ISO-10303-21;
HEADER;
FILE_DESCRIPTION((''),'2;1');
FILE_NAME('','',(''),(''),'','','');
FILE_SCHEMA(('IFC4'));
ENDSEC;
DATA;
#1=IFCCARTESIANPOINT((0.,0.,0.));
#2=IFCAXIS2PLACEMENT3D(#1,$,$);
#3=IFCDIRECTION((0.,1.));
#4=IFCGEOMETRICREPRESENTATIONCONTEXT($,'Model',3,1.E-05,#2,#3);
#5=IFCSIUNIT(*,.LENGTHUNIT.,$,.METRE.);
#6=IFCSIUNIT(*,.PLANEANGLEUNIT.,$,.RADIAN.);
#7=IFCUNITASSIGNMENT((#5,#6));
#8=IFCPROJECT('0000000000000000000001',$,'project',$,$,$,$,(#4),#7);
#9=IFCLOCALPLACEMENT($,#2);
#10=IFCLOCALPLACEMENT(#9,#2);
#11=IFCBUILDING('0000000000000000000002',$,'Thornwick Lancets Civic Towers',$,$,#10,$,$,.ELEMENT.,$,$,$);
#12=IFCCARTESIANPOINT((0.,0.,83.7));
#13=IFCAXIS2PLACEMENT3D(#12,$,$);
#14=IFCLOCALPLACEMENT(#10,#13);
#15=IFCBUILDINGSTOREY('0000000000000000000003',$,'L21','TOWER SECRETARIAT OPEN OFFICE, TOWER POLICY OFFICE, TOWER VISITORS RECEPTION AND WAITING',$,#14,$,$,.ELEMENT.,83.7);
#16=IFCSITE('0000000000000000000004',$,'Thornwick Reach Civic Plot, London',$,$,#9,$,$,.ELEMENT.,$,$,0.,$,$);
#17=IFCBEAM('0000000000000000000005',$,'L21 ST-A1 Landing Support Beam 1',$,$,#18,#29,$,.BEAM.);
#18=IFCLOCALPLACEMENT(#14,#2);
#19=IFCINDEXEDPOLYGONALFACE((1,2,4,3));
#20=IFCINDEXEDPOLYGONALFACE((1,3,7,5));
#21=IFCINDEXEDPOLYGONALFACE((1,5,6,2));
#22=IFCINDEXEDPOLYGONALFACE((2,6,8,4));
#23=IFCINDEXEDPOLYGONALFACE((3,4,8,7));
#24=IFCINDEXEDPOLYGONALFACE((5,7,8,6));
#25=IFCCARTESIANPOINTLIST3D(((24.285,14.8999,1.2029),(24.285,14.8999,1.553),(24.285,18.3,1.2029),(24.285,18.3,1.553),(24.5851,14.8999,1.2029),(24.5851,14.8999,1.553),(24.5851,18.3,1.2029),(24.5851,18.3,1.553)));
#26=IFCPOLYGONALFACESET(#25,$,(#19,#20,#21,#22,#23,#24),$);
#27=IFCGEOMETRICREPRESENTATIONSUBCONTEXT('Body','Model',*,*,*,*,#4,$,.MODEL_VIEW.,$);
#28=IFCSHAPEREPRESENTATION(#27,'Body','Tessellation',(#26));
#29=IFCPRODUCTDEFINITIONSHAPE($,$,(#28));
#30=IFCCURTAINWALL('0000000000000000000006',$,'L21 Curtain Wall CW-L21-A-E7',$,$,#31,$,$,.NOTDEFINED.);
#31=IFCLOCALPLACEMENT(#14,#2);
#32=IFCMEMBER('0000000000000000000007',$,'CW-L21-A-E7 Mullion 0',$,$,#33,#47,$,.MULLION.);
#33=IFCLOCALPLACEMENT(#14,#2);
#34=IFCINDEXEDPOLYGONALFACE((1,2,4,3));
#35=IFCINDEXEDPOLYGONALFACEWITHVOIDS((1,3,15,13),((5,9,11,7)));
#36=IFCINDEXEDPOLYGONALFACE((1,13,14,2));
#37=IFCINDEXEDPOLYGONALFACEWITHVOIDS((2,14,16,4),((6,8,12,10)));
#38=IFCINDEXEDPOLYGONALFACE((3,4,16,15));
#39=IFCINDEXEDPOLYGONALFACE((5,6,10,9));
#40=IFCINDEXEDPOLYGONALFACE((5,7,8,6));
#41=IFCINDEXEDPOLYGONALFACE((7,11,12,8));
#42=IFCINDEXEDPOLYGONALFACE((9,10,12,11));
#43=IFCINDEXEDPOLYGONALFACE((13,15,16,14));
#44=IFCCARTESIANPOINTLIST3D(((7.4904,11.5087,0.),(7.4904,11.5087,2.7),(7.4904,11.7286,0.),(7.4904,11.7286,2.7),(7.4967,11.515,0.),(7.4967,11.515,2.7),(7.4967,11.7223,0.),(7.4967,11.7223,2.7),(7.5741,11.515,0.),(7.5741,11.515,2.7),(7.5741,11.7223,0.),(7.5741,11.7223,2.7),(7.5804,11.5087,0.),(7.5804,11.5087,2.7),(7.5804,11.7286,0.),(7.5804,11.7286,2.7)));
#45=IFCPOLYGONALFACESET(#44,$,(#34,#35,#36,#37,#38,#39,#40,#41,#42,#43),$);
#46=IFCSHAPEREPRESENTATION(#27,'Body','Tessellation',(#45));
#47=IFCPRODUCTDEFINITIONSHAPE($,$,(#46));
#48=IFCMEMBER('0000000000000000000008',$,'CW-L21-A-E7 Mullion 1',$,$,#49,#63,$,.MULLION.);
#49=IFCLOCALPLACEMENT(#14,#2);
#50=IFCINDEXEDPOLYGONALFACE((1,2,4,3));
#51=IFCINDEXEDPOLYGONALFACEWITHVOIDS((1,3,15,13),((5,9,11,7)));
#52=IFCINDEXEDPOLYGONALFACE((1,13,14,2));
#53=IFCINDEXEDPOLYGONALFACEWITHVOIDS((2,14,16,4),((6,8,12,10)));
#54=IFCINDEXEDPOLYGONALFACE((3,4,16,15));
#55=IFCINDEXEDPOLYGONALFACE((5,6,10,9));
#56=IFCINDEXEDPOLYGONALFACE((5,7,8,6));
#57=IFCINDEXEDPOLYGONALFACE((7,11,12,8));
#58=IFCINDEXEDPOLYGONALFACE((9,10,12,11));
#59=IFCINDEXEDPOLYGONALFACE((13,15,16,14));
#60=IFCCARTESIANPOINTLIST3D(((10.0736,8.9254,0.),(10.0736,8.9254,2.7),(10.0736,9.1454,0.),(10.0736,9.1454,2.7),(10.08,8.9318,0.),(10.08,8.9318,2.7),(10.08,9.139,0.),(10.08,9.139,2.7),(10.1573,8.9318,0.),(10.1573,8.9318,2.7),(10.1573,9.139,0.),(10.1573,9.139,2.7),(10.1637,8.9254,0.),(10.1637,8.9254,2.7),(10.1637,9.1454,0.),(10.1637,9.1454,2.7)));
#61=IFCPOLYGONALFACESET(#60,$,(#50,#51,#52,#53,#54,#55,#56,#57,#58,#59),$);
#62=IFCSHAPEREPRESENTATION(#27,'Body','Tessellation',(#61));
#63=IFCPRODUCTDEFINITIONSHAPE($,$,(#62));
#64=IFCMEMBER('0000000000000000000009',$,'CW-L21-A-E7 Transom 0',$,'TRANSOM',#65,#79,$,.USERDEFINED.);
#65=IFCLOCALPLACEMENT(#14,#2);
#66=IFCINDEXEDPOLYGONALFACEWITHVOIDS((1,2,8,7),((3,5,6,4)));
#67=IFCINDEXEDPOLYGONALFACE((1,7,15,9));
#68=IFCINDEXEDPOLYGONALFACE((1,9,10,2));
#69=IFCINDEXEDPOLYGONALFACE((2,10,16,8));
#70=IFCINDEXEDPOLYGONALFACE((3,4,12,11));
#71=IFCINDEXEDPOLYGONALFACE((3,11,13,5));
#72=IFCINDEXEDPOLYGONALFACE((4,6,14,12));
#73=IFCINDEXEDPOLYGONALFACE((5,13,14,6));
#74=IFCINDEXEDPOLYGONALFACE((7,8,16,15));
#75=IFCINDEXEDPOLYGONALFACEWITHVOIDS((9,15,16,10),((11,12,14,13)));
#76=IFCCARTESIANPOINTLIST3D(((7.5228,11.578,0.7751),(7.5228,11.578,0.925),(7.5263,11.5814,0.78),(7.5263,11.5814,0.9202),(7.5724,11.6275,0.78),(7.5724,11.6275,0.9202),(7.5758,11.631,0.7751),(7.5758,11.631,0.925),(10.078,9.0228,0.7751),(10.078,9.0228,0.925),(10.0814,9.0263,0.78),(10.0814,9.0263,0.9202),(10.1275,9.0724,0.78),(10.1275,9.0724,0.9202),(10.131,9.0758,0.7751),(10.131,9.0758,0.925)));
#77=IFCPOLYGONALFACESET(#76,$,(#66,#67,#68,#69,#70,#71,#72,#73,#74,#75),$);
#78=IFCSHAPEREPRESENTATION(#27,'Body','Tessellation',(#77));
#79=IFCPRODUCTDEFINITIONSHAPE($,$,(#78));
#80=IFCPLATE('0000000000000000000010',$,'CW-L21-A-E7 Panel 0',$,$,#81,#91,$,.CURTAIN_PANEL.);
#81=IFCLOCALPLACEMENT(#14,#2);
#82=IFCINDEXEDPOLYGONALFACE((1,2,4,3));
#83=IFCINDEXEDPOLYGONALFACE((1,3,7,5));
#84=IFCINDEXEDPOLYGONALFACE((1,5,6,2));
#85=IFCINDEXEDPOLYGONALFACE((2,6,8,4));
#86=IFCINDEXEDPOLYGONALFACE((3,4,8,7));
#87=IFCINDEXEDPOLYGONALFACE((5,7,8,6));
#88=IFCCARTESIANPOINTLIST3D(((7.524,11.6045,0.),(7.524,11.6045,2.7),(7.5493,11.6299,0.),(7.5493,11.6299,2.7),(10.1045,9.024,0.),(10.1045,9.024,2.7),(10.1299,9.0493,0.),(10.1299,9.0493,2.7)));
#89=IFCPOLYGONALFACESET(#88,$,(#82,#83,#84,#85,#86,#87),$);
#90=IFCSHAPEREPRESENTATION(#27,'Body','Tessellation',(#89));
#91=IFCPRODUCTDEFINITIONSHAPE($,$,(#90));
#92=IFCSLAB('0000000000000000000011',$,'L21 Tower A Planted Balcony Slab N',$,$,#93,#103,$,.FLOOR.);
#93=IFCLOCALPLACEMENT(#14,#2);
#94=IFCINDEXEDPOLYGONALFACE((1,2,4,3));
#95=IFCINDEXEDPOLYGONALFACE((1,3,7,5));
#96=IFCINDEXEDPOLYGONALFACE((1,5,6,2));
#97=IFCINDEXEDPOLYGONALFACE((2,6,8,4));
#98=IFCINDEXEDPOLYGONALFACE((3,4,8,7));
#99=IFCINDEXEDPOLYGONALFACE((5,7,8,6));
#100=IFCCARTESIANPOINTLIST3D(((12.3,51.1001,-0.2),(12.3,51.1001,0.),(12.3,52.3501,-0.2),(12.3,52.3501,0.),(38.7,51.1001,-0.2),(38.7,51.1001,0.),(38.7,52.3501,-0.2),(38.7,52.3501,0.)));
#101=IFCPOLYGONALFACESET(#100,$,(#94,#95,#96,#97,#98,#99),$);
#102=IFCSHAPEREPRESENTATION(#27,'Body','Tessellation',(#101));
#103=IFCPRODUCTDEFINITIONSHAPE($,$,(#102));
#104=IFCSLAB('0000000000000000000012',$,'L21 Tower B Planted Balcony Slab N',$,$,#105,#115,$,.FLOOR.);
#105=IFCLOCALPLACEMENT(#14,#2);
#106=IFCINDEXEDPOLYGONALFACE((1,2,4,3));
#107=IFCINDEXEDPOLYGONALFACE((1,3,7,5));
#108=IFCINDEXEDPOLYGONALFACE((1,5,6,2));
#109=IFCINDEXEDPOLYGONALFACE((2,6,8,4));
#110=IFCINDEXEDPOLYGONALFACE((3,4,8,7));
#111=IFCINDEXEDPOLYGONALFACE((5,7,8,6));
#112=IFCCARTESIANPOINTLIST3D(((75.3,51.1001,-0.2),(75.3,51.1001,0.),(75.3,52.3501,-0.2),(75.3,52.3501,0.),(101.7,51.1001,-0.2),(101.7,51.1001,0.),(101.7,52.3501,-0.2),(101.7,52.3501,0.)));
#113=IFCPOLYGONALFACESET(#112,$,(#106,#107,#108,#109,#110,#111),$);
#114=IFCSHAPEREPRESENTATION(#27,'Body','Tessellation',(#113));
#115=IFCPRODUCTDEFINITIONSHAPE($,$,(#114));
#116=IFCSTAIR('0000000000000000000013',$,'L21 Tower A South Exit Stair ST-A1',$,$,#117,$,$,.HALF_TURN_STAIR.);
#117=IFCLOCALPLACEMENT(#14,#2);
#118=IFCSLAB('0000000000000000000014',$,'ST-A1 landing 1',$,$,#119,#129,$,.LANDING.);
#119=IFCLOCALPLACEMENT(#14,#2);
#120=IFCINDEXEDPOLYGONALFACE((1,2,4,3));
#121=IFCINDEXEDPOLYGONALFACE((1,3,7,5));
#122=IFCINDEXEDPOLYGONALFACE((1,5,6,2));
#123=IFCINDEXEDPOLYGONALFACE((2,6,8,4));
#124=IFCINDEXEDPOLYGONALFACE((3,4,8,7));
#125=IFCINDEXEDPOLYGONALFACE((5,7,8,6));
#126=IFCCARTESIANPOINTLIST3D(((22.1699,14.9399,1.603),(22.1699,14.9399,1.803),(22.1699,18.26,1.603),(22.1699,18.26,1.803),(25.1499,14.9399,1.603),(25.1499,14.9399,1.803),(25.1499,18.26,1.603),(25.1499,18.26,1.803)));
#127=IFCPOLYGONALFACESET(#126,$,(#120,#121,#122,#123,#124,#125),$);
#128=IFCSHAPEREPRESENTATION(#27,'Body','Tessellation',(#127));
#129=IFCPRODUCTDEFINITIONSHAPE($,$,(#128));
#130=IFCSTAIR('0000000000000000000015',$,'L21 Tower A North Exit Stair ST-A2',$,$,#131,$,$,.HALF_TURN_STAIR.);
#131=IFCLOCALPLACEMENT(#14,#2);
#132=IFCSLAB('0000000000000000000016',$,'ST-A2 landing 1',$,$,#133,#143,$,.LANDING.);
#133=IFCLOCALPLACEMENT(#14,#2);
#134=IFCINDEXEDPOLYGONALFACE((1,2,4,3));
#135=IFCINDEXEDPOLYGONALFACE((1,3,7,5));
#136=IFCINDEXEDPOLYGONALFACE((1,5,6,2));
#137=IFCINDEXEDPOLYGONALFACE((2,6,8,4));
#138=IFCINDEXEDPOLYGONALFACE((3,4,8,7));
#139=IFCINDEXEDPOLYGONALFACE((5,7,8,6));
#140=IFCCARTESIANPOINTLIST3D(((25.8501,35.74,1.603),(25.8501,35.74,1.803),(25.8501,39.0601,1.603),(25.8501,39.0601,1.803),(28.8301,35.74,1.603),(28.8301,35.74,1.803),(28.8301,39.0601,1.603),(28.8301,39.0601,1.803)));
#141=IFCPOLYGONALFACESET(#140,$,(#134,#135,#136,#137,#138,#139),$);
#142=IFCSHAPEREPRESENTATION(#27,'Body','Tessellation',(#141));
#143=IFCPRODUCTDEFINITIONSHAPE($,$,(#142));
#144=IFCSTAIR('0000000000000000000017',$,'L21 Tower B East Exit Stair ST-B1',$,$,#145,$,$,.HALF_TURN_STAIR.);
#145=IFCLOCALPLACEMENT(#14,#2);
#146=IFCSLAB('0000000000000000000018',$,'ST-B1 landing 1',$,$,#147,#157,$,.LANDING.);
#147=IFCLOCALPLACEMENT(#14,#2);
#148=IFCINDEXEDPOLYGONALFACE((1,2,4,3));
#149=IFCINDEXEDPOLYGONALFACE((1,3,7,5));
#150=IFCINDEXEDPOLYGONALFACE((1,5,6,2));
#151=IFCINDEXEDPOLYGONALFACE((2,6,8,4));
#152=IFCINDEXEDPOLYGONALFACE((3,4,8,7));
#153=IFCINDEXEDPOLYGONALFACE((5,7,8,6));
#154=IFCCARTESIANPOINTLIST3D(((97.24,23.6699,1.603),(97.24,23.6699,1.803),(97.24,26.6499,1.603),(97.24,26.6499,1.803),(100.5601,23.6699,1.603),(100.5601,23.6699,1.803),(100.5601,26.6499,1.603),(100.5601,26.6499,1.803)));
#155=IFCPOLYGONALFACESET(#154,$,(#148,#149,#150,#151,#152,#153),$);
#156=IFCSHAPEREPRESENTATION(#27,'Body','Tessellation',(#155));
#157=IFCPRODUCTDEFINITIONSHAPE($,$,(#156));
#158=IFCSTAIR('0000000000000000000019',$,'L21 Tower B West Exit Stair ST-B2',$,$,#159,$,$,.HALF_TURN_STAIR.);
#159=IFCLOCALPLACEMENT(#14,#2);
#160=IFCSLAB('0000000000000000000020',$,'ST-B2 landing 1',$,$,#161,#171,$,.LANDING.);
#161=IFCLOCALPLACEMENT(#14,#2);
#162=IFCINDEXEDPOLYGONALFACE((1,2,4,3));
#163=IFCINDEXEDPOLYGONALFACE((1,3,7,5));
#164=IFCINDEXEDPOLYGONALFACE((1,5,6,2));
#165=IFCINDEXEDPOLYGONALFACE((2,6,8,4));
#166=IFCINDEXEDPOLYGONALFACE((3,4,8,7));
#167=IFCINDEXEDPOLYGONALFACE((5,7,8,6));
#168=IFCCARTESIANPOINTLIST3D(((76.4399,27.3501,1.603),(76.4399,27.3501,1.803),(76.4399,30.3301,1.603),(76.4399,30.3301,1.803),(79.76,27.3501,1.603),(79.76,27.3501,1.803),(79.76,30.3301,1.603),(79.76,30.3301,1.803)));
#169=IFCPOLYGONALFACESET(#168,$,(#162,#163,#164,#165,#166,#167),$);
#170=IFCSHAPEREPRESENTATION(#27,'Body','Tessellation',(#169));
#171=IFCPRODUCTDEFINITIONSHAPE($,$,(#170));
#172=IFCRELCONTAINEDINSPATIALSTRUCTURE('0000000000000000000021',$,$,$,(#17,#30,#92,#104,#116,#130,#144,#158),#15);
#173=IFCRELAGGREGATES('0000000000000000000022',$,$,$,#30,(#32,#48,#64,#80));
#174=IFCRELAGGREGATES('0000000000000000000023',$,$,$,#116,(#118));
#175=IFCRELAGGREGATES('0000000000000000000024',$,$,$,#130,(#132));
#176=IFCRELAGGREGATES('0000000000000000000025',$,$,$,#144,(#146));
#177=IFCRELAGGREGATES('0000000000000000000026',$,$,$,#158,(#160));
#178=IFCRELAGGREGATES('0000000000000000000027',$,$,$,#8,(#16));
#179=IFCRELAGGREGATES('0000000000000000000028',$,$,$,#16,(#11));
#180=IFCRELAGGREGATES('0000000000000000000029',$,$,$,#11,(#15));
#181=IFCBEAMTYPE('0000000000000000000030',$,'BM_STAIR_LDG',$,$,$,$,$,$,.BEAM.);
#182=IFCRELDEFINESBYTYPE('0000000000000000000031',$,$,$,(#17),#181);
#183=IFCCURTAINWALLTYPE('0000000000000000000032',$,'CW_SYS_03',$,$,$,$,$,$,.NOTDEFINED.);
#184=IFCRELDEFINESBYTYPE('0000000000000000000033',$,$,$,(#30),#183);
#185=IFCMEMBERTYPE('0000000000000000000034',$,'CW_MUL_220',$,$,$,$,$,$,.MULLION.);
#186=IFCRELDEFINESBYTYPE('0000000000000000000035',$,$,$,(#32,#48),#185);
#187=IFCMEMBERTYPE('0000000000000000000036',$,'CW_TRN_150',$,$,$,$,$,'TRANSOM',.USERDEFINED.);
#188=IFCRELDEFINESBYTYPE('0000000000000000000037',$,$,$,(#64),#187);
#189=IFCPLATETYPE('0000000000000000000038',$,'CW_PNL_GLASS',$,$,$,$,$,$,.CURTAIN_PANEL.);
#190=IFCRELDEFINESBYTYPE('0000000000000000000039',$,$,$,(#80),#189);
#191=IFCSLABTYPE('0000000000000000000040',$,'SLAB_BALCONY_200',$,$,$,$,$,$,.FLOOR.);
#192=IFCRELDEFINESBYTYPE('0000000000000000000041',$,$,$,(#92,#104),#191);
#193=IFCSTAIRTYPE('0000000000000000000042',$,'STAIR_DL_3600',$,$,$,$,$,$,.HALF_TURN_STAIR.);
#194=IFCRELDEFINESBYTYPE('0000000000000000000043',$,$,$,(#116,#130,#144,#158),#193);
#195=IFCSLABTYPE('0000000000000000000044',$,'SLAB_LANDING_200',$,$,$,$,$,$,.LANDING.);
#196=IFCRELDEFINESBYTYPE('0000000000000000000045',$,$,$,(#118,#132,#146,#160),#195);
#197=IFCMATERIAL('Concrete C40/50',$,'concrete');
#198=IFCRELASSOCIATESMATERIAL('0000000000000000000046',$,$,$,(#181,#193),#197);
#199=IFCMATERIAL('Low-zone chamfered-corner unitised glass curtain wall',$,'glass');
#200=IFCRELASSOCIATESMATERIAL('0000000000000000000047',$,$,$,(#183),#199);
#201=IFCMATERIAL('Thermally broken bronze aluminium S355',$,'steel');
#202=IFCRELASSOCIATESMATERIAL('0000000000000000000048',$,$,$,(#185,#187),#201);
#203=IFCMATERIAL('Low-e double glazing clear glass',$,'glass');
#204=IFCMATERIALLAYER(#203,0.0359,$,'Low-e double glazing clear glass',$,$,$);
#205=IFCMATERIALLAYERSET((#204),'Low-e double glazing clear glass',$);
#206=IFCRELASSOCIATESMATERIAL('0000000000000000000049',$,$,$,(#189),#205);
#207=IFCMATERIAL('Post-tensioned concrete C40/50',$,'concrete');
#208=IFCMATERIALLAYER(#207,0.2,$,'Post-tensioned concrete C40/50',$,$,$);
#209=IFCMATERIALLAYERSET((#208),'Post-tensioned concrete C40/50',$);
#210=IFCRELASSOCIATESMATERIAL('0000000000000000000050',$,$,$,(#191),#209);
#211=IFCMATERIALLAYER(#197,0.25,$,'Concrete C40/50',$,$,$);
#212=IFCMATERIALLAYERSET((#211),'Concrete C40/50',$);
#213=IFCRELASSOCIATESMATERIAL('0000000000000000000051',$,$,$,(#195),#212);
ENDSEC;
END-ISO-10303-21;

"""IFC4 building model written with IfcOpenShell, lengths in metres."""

from ifc_helpers import new_model, si_unit, direction, frame, origin, origin_2d, place, context, subcontext, project, spatial, polyline, rectangle, hollow_rectangle, outline, extrude, material, layer, layer_set, material_profile, profile_set, type_object, element, aggregate, save


model = new_model("IFC4")

# Units and contexts
model_context = context("Model", 3, precision=1e-05, world=origin(), true_north=direction((0.0, 1.0)))
body_context = subcontext(model_context, "Body", "Model", "MODEL_VIEW")
ifc_project = project(units=[si_unit("LENGTHUNIT", "METRE"), si_unit("PLANEANGLEUNIT", "RADIAN")], contexts=[model_context])

# Site, building, storey
site_placement = place(None, origin())
site = spatial("IfcSite", under=ifc_project, at=site_placement, Name="Thornwick Reach Civic Plot, London", CompositionType="ELEMENT", RefElevation=0.0)
building_placement = place(site_placement, origin())
building = spatial("IfcBuilding", under=site, at=building_placement, Name="Thornwick Lancets Civic Towers", CompositionType="ELEMENT")
storey_placement = place(building_placement, frame((0.0, 0.0, 83.7)))
storey = spatial("IfcBuildingStorey", under=building, at=storey_placement, Name="L21", Description="TOWER SECRETARIAT OPEN OFFICE, TOWER POLICY OFFICE, TOWER VISITORS RECEPTION AND WAITING", CompositionType="ELEMENT", Elevation=83.7)

# Beam
ifc_material_1 = material(Name="Concrete C40/50", Category="concrete")
ifc_material_profile_1 = material_profile(ifc_material_1, rectangle(XDim=0.3, YDim=0.3501, at=origin_2d()), Name="RC 300x350")
ifc_profile_set_1 = profile_set([ifc_material_profile_1], Name="Concrete C40/50")
beam_type_1 = type_object("IfcBeamType", Name="BM_STAIR_LDG", PredefinedType="BEAM", material=ifc_profile_set_1)
beam_1_placement = place(storey_placement, frame((24.4351, 14.8999, 1.3779), z_axis=(0.0, 1.0, 0.0), x_axis=(-1.0, 0.0, 0.0)))
element("IfcBeam", 1, at=beam_1_placement, inside=storey, type_object=beam_type_1, Name="L21 ST-A1 Landing Support Beam 1", PredefinedType="BEAM", context=body_context, shape_type="SweptSolid", body=[
    extrude(rectangle(XDim=0.3, YDim=0.3501, at=origin_2d()), origin(), (0.0, 0.0, 1.0), 3.4001),
])

# Curtain wall, members, plate
ifc_material_2 = material(Name="Low-zone chamfered-corner unitised glass curtain wall", Category="glass")
curtain_wall_type = type_object("IfcCurtainWallType", Name="CW_SYS_03", PredefinedType="NOTDEFINED", material=ifc_material_2)
curtain_wall_placement = place(storey_placement, origin())
curtain_wall = element("IfcCurtainWall", 2, at=curtain_wall_placement, inside=storey, type_object=curtain_wall_type, Name="L21 Curtain Wall CW-L21-A-E7", PredefinedType="NOTDEFINED")
ifc_material_3 = material(Name="Thermally broken bronze aluminium S355", Category="steel")
ifc_material_profile_2 = material_profile(ifc_material_3, hollow_rectangle(XDim=0.0901, YDim=0.22, WallThickness=0.0063, at=origin_2d()), Name="RHS 220x90x6.3")
ifc_profile_set_2 = profile_set([ifc_material_profile_2], Name="Thermally broken bronze aluminium S355")
member_type_1 = type_object("IfcMemberType", Name="CW_MUL_220", PredefinedType="MULLION", material=ifc_profile_set_2)
member_1_placement = place(storey_placement, frame((7.5354, 11.6187, 0.0), z_axis=(0.0, 0.0, 1.0), x_axis=(1.0, 0.0, 0.0)))
member_1 = element("IfcMember", 3, at=member_1_placement, type_object=member_type_1, Name="CW-L21-A-E7 Mullion 0", PredefinedType="MULLION", context=body_context, shape_type="SweptSolid", body=[
    extrude(hollow_rectangle(XDim=0.0901, YDim=0.22, WallThickness=0.0063, at=origin_2d()), origin(), (0.0, 0.0, 1.0), 2.7),
])
member_2_placement = place(storey_placement, frame((10.1187, 9.0354, 0.0), z_axis=(0.0, 0.0, 1.0), x_axis=(1.0, 0.0, 0.0)))
member_2 = element("IfcMember", 4, at=member_2_placement, type_object=member_type_1, Name="CW-L21-A-E7 Mullion 1", PredefinedType="MULLION", context=body_context, shape_type="SweptSolid", body=[
    extrude(hollow_rectangle(XDim=0.0901, YDim=0.22, WallThickness=0.0063, at=origin_2d()), origin(), (0.0, 0.0, 1.0), 2.7),
])
ifc_material_profile_3 = material_profile(ifc_material_3, hollow_rectangle(XDim=0.075, YDim=0.1499, WallThickness=0.0049, at=origin_2d()), Name="RHS 150x75x5")
ifc_profile_set_3 = profile_set([ifc_material_profile_3], Name="Thermally broken bronze aluminium S355")
member_type_2 = type_object("IfcMemberType", Name="CW_TRN_150", ElementType="TRANSOM", PredefinedType="USERDEFINED", material=ifc_profile_set_3)
member_3_placement = place(storey_placement, frame((7.5493, 11.6045, 0.8501), z_axis=(0.707107, -0.707107, 0.0), x_axis=(0.707107, 0.707107, 0.0)))
member_3 = element("IfcMember", 5, at=member_3_placement, type_object=member_type_2, Name="CW-L21-A-E7 Transom 0", ObjectType="TRANSOM", PredefinedType="USERDEFINED", context=body_context, shape_type="SweptSolid", body=[
    extrude(hollow_rectangle(XDim=0.075, YDim=0.1499, WallThickness=0.0049, at=origin_2d()), origin(), (0.0, 0.0, 1.0), 3.6135),
])
ifc_material_4 = material(Name="Low-e double glazing clear glass", Category="glass")
ifc_layer_1 = layer(ifc_material_4, 0.0359, Name="Low-e double glazing clear glass")
ifc_layer_set_1 = layer_set([ifc_layer_1], Name="Low-e double glazing clear glass")
plate_type = type_object("IfcPlateType", Name="CW_PNL_GLASS", PredefinedType="CURTAIN_PANEL", material=ifc_layer_set_1)
plate_placement = place(storey_placement, frame((8.8269, 10.3269, 0.0), z_axis=(0.0, 0.0, 1.0), x_axis=(0.707107, -0.707107, 0.0)))
plate = element("IfcPlate", 6, at=plate_placement, type_object=plate_type, Name="CW-L21-A-E7 Panel 0", PredefinedType="CURTAIN_PANEL", context=body_context, shape_type="SweptSolid", body=[
    extrude(rectangle(XDim=3.6494, YDim=0.0359, at=origin_2d()), origin(), (0.0, 0.0, 1.0), 2.7),
])
aggregate(curtain_wall, [member_1, member_2, member_3, plate])

# Slabs
ifc_material_5 = material(Name="Post-tensioned concrete C40/50", Category="concrete")
ifc_layer_2 = layer(ifc_material_5, 0.2, Name="Post-tensioned concrete C40/50")
ifc_layer_set_2 = layer_set([ifc_layer_2], Name="Post-tensioned concrete C40/50")
slab_type_1 = type_object("IfcSlabType", Name="SLAB_BALCONY_200", PredefinedType="FLOOR", material=ifc_layer_set_2)
slab_1_placement = place(storey_placement, frame((0.0, 0.0, -0.2)))
element("IfcSlab", 7, at=slab_1_placement, inside=storey, type_object=slab_type_1, Name="L21 Tower A Planted Balcony Slab N", PredefinedType="FLOOR", context=body_context, shape_type="SweptSolid", body=[
    extrude(outline(polyline([(12.3, 51.1001), (38.7, 51.1001), (38.7, 52.3501), (12.3, 52.3501), (12.3, 51.1001)])), origin(), (0.0, 0.0, 1.0), 0.2),
])
slab_2_placement = place(storey_placement, frame((0.0, 0.0, -0.2)))
element("IfcSlab", 8, at=slab_2_placement, inside=storey, type_object=slab_type_1, Name="L21 Tower B Planted Balcony Slab N", PredefinedType="FLOOR", context=body_context, shape_type="SweptSolid", body=[
    extrude(outline(polyline([(75.3, 51.1001), (101.7, 51.1001), (101.7, 52.3501), (75.3, 52.3501), (75.3, 51.1001)])), origin(), (0.0, 0.0, 1.0), 0.2),
])

# Stairs, slabs
stair_type = type_object("IfcStairType", Name="STAIR_DL_3600", PredefinedType="HALF_TURN_STAIR", material=ifc_material_1)
stair_1_placement = place(storey_placement, origin())
stair_1 = element("IfcStair", 9, at=stair_1_placement, inside=storey, type_object=stair_type, Name="L21 Tower A South Exit Stair ST-A1", PredefinedType="HALF_TURN_STAIR")
ifc_layer_3 = layer(ifc_material_1, 0.25, Name="Concrete C40/50")
ifc_layer_set_3 = layer_set([ifc_layer_3], Name="Concrete C40/50")
slab_type_2 = type_object("IfcSlabType", Name="SLAB_LANDING_200", PredefinedType="LANDING", material=ifc_layer_set_3)
slab_3_placement = place(storey_placement, frame((0.0, 0.0, 1.603)))
slab_3 = element("IfcSlab", 10, at=slab_3_placement, type_object=slab_type_2, Name="ST-A1 landing 1", PredefinedType="LANDING", context=body_context, shape_type="SweptSolid", body=[
    extrude(outline(polyline([(22.1699, 14.9399), (25.1499, 14.9399), (25.1499, 18.26), (22.1699, 18.26), (22.1699, 14.9399)])), origin(), (0.0, 0.0, 1.0), 0.2),
])
aggregate(stair_1, [slab_3])
stair_2_placement = place(storey_placement, origin())
stair_2 = element("IfcStair", 11, at=stair_2_placement, inside=storey, type_object=stair_type, Name="L21 Tower A North Exit Stair ST-A2", PredefinedType="HALF_TURN_STAIR")
slab_4_placement = place(storey_placement, frame((0.0, 0.0, 1.603)))
slab_4 = element("IfcSlab", 12, at=slab_4_placement, type_object=slab_type_2, Name="ST-A2 landing 1", PredefinedType="LANDING", context=body_context, shape_type="SweptSolid", body=[
    extrude(outline(polyline([(28.8301, 39.0601), (25.8501, 39.0601), (25.8501, 35.74), (28.8301, 35.74), (28.8301, 39.0601)])), origin(), (0.0, 0.0, 1.0), 0.2),
])
aggregate(stair_2, [slab_4])
stair_3_placement = place(storey_placement, origin())
stair_3 = element("IfcStair", 13, at=stair_3_placement, inside=storey, type_object=stair_type, Name="L21 Tower B East Exit Stair ST-B1", PredefinedType="HALF_TURN_STAIR")
slab_5_placement = place(storey_placement, frame((0.0, 0.0, 1.603)))
slab_5 = element("IfcSlab", 14, at=slab_5_placement, type_object=slab_type_2, Name="ST-B1 landing 1", PredefinedType="LANDING", context=body_context, shape_type="SweptSolid", body=[
    extrude(outline(polyline([(100.5601, 23.6699), (100.5601, 26.6499), (97.24, 26.6499), (97.24, 23.6699), (100.5601, 23.6699)])), origin(), (0.0, 0.0, 1.0), 0.2),
])
aggregate(stair_3, [slab_5])
stair_4_placement = place(storey_placement, origin())
stair_4 = element("IfcStair", 15, at=stair_4_placement, inside=storey, type_object=stair_type, Name="L21 Tower B West Exit Stair ST-B2", PredefinedType="HALF_TURN_STAIR")
slab_6_placement = place(storey_placement, frame((0.0, 0.0, 1.603)))
slab_6 = element("IfcSlab", 16, at=slab_6_placement, type_object=slab_type_2, Name="ST-B2 landing 1", PredefinedType="LANDING", context=body_context, shape_type="SweptSolid", body=[
    extrude(outline(polyline([(76.4399, 30.3301), (76.4399, 27.3501), (79.76, 27.3501), (79.76, 30.3301), (76.4399, 30.3301)])), origin(), (0.0, 0.0, 1.0), 0.2),
])
aggregate(stair_4, [slab_6])

save(model, "model.ifc")
